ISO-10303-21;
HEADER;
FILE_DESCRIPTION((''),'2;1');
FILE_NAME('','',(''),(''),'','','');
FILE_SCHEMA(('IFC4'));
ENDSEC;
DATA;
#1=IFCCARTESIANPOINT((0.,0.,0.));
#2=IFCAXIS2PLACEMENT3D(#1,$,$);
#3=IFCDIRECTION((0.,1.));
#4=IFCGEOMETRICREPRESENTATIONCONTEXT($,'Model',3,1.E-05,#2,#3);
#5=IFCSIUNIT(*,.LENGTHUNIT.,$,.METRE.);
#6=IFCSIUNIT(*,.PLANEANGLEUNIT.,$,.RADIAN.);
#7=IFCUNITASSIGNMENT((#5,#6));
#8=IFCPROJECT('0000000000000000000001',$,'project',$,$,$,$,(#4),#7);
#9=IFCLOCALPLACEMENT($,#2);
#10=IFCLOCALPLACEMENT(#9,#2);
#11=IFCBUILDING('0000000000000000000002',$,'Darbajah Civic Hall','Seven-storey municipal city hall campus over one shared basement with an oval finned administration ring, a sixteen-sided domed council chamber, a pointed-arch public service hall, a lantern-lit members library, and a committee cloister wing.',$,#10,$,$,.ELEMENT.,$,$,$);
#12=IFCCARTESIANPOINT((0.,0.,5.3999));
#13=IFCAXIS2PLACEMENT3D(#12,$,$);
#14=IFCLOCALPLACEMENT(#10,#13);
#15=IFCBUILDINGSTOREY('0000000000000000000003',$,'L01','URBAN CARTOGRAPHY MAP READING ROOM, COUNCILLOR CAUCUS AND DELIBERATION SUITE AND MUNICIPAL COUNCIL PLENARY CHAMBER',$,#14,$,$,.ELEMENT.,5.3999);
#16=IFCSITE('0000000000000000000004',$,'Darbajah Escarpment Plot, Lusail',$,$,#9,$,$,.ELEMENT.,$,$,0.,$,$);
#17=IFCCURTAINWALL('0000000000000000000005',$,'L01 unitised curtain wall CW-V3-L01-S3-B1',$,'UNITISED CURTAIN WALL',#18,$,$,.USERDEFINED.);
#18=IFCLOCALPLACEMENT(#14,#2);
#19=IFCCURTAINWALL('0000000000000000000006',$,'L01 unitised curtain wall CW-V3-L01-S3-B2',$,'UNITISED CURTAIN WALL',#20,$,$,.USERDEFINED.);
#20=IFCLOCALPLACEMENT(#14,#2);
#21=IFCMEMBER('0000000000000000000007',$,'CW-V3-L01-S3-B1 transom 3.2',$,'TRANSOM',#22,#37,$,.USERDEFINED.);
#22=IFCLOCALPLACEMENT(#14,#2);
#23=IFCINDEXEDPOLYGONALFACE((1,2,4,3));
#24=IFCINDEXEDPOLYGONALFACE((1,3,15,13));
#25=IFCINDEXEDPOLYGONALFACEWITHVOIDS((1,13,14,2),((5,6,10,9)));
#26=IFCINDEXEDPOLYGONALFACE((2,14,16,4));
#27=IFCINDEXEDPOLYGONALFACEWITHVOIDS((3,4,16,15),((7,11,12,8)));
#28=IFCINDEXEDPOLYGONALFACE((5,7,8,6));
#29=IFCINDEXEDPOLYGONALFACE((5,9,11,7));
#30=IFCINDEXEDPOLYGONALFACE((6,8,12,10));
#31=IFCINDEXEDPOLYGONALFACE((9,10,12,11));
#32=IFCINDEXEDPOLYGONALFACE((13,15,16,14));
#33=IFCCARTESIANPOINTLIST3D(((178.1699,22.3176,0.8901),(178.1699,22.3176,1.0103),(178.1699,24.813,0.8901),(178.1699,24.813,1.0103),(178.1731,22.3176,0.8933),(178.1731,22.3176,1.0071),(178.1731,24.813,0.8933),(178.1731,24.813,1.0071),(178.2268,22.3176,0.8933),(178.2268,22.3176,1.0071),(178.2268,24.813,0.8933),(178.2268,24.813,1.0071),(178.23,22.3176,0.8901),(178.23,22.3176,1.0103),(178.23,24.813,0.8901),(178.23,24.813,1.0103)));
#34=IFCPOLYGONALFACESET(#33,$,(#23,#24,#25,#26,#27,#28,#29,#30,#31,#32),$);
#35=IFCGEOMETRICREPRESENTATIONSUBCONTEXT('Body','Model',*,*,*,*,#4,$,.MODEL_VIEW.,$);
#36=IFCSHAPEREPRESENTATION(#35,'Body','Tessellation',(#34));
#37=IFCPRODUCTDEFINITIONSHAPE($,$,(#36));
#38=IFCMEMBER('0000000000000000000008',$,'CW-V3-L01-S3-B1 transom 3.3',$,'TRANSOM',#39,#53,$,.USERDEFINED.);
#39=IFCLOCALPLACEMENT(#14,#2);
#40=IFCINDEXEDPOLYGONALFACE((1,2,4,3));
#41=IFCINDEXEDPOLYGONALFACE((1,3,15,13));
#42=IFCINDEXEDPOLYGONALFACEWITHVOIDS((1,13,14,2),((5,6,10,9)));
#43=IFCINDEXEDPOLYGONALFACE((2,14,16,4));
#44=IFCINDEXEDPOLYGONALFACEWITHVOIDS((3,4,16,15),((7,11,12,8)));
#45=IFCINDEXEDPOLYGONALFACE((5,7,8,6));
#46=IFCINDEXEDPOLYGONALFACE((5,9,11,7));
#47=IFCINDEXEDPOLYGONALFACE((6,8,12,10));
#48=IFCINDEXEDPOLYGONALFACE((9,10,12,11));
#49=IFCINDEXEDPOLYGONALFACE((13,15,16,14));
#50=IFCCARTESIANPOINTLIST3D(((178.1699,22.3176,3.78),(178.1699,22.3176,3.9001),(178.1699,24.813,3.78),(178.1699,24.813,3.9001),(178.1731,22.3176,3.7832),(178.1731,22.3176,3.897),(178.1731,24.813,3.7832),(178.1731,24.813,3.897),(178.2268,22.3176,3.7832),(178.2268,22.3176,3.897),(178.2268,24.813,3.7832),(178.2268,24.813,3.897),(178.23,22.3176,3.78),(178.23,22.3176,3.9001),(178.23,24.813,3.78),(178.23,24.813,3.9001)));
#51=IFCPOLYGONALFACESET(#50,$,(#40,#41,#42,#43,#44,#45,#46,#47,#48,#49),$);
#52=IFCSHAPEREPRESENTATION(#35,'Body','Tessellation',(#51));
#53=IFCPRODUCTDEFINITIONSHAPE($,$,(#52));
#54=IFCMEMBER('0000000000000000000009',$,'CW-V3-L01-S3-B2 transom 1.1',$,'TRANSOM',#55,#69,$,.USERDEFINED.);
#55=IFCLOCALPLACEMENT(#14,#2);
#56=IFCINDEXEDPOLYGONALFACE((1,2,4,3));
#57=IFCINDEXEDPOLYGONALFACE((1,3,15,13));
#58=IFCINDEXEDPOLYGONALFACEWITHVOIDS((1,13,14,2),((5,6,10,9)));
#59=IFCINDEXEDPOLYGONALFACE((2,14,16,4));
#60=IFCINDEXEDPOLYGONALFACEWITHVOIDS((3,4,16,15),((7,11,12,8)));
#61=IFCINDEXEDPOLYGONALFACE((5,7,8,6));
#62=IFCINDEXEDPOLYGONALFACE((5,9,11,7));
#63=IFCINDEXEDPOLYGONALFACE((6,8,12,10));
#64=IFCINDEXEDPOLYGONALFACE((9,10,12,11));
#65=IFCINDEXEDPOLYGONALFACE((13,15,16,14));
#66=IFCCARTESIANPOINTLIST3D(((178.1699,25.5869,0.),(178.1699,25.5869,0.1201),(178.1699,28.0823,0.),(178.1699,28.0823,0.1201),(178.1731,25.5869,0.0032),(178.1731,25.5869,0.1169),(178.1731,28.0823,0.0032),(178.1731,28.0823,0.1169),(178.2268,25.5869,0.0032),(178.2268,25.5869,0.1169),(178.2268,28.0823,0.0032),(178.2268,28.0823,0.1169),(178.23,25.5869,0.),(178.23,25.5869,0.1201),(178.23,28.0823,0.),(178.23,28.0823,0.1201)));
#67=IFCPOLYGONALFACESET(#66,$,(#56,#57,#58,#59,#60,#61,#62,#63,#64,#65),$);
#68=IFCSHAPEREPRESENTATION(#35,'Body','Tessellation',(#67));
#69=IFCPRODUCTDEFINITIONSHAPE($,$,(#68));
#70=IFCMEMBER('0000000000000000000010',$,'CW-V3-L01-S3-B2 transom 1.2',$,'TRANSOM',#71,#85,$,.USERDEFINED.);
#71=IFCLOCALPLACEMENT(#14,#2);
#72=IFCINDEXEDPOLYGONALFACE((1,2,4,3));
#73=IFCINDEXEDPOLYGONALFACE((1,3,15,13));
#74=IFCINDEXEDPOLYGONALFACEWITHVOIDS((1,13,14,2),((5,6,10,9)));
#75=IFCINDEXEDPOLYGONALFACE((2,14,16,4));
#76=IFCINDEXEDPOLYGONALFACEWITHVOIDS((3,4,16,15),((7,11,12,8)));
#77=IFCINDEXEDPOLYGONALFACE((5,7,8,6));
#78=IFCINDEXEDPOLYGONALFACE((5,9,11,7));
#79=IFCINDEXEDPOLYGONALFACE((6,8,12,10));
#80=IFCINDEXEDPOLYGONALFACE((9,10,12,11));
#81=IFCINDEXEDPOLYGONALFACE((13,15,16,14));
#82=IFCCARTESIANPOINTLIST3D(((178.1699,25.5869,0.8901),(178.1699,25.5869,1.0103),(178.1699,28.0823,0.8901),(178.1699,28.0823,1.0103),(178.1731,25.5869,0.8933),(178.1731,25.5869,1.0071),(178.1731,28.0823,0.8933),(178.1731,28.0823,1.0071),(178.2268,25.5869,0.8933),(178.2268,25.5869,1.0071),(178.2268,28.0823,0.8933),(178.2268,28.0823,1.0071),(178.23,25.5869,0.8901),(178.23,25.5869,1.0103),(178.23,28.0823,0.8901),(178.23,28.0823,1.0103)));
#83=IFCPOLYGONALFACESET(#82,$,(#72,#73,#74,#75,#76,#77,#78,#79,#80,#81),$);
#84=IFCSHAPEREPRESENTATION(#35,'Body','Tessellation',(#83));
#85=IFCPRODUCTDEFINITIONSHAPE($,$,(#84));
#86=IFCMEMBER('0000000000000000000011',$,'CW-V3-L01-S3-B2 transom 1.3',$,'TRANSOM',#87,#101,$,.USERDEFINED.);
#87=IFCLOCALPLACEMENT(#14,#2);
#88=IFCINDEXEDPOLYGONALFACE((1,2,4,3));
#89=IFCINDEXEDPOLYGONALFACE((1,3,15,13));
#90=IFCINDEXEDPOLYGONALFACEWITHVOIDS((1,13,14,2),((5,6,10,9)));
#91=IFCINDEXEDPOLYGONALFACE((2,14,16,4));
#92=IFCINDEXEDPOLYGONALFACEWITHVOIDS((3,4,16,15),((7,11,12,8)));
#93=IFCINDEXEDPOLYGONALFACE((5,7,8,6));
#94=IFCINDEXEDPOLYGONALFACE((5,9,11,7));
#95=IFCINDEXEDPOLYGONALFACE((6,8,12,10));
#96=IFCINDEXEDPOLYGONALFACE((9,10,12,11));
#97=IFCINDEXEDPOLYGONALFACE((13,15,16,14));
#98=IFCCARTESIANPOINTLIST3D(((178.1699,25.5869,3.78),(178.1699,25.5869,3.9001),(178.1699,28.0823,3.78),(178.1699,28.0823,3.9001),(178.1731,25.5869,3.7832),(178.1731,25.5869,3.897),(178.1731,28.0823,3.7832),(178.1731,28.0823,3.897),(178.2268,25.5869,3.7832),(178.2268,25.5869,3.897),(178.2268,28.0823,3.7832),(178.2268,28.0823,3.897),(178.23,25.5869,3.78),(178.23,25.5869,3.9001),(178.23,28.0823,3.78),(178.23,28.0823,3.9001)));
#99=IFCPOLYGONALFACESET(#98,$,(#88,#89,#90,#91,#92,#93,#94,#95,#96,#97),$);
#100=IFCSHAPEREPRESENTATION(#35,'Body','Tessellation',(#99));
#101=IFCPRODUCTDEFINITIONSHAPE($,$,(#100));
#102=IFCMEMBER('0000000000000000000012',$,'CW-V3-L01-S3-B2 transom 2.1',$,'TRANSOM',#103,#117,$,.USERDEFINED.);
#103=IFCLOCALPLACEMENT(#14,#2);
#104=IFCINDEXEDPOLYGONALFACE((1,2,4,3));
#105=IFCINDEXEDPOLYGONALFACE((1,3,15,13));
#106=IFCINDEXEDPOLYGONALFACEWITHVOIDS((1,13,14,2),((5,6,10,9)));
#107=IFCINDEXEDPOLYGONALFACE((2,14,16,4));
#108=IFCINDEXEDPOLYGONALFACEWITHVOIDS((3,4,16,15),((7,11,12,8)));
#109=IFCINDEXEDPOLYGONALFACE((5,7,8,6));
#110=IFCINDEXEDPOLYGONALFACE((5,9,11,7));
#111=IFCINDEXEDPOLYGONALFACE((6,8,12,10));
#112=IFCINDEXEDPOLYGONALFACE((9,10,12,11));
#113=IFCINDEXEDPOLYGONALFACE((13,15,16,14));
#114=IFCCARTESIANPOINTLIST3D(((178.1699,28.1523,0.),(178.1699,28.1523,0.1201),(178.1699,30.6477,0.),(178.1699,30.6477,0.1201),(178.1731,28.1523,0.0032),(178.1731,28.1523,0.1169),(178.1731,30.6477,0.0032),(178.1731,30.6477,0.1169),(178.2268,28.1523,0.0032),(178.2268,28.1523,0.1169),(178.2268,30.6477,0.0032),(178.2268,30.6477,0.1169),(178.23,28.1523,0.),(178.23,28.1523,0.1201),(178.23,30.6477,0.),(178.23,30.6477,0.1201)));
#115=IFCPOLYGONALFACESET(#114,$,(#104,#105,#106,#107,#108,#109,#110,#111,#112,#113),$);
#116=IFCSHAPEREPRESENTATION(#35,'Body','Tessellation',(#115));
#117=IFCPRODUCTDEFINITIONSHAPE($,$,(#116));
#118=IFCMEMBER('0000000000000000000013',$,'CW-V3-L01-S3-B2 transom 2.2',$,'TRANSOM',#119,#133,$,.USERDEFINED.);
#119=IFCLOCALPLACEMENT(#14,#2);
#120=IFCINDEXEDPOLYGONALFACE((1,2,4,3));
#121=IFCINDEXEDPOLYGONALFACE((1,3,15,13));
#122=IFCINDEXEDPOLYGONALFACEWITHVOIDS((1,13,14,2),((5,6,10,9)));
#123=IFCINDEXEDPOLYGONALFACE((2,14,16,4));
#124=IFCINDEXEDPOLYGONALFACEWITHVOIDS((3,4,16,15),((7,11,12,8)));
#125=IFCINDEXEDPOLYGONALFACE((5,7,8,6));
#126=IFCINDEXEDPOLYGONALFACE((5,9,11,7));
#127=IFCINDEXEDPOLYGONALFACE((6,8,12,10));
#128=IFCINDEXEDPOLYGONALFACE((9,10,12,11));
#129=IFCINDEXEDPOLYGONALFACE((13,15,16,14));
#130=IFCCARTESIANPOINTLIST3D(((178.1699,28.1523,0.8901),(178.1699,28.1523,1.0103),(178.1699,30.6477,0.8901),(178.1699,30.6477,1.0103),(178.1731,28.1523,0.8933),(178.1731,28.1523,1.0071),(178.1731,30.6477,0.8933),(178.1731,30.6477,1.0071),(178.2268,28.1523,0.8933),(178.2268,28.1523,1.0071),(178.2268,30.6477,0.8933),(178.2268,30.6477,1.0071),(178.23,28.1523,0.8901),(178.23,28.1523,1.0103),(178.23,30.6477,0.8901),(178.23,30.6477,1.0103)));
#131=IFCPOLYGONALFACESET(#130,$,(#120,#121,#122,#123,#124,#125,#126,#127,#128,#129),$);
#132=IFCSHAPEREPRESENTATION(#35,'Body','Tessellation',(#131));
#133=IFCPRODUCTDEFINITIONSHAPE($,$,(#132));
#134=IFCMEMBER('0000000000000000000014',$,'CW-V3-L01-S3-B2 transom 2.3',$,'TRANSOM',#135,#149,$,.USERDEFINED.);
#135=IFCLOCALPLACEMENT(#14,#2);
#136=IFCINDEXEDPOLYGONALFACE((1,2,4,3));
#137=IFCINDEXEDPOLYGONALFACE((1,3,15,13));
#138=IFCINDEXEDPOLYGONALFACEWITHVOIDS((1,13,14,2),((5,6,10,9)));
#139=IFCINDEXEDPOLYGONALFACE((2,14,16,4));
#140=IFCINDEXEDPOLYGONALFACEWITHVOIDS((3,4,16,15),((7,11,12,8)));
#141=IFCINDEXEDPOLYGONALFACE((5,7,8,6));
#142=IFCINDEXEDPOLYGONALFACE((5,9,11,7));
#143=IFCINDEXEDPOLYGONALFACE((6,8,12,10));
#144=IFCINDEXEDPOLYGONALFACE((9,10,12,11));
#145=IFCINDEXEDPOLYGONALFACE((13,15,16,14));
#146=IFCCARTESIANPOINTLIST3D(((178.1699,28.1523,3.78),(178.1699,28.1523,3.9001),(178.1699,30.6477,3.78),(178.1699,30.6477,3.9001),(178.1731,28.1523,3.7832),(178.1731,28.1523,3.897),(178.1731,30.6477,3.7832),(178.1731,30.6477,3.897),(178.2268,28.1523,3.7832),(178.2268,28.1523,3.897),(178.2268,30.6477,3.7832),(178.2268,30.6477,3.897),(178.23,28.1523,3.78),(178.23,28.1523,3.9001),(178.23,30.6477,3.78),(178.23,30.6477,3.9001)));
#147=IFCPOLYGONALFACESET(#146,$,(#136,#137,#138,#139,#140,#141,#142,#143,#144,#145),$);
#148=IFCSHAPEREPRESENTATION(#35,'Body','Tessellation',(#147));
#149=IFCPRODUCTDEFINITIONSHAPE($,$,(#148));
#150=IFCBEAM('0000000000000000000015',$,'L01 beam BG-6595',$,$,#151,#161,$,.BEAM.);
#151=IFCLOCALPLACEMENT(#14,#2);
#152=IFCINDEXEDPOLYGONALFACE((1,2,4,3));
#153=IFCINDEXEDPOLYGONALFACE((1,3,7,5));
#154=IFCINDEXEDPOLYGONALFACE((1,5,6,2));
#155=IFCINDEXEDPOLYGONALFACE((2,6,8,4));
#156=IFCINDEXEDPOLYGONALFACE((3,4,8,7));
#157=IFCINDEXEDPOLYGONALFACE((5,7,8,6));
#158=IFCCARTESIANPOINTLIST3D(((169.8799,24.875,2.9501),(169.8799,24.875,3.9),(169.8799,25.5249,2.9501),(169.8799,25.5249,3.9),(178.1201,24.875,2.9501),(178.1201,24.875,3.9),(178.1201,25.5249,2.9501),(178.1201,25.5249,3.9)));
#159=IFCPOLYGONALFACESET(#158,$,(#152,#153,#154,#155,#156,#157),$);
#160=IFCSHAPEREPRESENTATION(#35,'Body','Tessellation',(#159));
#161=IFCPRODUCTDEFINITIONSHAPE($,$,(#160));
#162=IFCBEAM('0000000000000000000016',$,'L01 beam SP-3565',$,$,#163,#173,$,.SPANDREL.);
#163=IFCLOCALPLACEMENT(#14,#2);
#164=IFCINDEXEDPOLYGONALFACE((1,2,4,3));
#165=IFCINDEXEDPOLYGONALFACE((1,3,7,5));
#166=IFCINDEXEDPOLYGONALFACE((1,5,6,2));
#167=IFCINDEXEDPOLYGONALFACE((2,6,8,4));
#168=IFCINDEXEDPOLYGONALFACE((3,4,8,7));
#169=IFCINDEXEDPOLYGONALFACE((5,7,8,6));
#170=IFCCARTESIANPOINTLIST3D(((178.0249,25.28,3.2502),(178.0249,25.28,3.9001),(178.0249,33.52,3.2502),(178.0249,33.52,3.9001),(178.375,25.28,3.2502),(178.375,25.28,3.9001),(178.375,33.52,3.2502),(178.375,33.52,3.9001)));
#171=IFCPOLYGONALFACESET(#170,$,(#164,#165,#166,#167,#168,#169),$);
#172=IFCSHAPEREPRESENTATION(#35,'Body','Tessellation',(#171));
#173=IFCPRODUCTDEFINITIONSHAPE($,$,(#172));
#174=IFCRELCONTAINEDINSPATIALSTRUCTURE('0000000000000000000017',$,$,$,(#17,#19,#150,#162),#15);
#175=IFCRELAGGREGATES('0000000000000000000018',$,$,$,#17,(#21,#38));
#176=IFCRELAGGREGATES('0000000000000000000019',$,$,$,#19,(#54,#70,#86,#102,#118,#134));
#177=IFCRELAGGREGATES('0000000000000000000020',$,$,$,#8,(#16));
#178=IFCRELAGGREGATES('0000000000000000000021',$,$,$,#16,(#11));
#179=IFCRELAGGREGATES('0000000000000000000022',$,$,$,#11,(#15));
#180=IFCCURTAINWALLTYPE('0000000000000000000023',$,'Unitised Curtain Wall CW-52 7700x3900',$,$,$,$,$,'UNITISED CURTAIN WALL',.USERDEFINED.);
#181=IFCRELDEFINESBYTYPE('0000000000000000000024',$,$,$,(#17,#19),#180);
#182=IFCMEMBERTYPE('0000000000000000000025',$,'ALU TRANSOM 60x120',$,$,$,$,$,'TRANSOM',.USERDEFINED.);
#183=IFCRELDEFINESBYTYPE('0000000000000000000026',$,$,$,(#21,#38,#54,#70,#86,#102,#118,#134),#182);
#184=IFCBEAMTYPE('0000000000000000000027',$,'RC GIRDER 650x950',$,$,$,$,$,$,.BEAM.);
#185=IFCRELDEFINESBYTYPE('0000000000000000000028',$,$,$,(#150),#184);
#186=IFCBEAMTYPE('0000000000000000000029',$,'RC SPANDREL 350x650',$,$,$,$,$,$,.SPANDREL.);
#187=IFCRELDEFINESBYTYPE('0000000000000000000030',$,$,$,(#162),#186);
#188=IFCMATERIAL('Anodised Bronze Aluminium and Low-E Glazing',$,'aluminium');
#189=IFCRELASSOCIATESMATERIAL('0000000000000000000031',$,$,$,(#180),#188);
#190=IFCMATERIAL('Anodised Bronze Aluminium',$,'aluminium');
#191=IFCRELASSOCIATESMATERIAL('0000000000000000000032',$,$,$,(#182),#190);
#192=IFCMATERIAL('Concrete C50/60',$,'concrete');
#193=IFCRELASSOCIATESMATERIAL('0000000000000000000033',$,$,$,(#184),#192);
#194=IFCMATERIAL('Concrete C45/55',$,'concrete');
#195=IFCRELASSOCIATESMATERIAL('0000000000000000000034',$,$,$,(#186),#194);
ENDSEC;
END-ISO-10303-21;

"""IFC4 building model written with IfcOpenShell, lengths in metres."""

from ifc_helpers import new_model, si_unit, direction, frame, origin, origin_2d, place, context, subcontext, project, spatial, rectangle, hollow_rectangle, extrude, material, material_profile, profile_set, type_object, element, aggregate, save


model = new_model("IFC4")

# Units and contexts
model_context = context("Model", 3, precision=1e-05, world=origin(), true_north=direction((0.0, 1.0)))
body_context = subcontext(model_context, "Body", "Model", "MODEL_VIEW")
ifc_project = project(units=[si_unit("LENGTHUNIT", "METRE"), si_unit("PLANEANGLEUNIT", "RADIAN")], contexts=[model_context])

# Site, building, storey
site_placement = place(None, origin())
site = spatial("IfcSite", under=ifc_project, at=site_placement, Name="Darbajah Escarpment Plot, Lusail", CompositionType="ELEMENT", RefElevation=0.0)
building_placement = place(site_placement, origin())
building = spatial("IfcBuilding", under=site, at=building_placement, Name="Darbajah Civic Hall", Description="Seven-storey municipal city hall campus over one shared basement with an oval finned administration ring, a sixteen-sided domed council chamber, a pointed-arch public service hall, a lantern-lit members library, and a committee cloister wing.", CompositionType="ELEMENT")
storey_placement = place(building_placement, frame((0.0, 0.0, 5.3999)))
storey = spatial("IfcBuildingStorey", under=building, at=storey_placement, Name="L01", Description="URBAN CARTOGRAPHY MAP READING ROOM, COUNCILLOR CAUCUS AND DELIBERATION SUITE AND MUNICIPAL COUNCIL PLENARY CHAMBER", CompositionType="ELEMENT", Elevation=5.3999)

# Shared definitions
ifc_material_1 = material(Name="Concrete C45/55", Category="concrete")

# Curtain walls
ifc_material_2 = material(Name="Anodised Bronze Aluminium and Low-E Glazing", Category="aluminium")
curtain_wall_type = type_object("IfcCurtainWallType", Name="Unitised Curtain Wall CW-52 7700x3900", ElementType="UNITISED CURTAIN WALL", PredefinedType="USERDEFINED", material=ifc_material_2)
curtain_wall_1_placement = place(storey_placement, origin())
curtain_wall_1 = element("IfcCurtainWall", 1, at=curtain_wall_1_placement, inside=storey, type_object=curtain_wall_type, Name="L01 unitised curtain wall CW-V3-L01-S3-B1", ObjectType="UNITISED CURTAIN WALL", PredefinedType="USERDEFINED")
ifc_material_3 = material(Name="Anodised Bronze Aluminium", Category="aluminium")
curtain_wall_2_placement = place(storey_placement, origin())
curtain_wall_2 = element("IfcCurtainWall", 2, at=curtain_wall_2_placement, inside=storey, type_object=curtain_wall_type, Name="L01 unitised curtain wall CW-V3-L01-S3-B2", ObjectType="UNITISED CURTAIN WALL", PredefinedType="USERDEFINED")

# Members
ifc_material_profile_1 = material_profile(ifc_material_3, hollow_rectangle(XDim=0.0601, YDim=0.1201, WallThickness=0.0032, at=origin_2d()), Name="ALU TRANSOM 60x120")
ifc_profile_set_1 = profile_set([ifc_material_profile_1], Name="Anodised Bronze Aluminium")
member_type_1 = type_object("IfcMemberType", Name="ALU TRANSOM 60x120", ElementType="TRANSOM", PredefinedType="USERDEFINED", material=ifc_profile_set_1)
member_1_placement = place(storey_placement, frame((178.2, 22.3176, 0.9502), z_axis=(0.0, 1.0, 0.0), x_axis=(-1.0, 0.0, 0.0)))
member_1 = element("IfcMember", 3, at=member_1_placement, type_object=member_type_1, Name="CW-V3-L01-S3-B1 transom 3.2", ObjectType="TRANSOM", PredefinedType="USERDEFINED", context=body_context, shape_type="SweptSolid", body=[
    extrude(hollow_rectangle(XDim=0.0601, YDim=0.1201, WallThickness=0.0032, at=origin_2d()), origin(), (0.0, 0.0, 1.0), 2.4954),
])
member_2_placement = place(storey_placement, frame((178.2, 22.3176, 3.8401), z_axis=(0.0, 1.0, 0.0), x_axis=(-1.0, 0.0, 0.0)))
member_2 = element("IfcMember", 4, at=member_2_placement, type_object=member_type_1, Name="CW-V3-L01-S3-B1 transom 3.3", ObjectType="TRANSOM", PredefinedType="USERDEFINED", context=body_context, shape_type="SweptSolid", body=[
    extrude(hollow_rectangle(XDim=0.0601, YDim=0.1201, WallThickness=0.0032, at=origin_2d()), origin(), (0.0, 0.0, 1.0), 2.4954),
])
member_3_placement = place(storey_placement, frame((178.2, 25.5869, 0.0601), z_axis=(0.0, 1.0, 0.0), x_axis=(-1.0, 0.0, 0.0)))
member_3 = element("IfcMember", 5, at=member_3_placement, type_object=member_type_1, Name="CW-V3-L01-S3-B2 transom 1.1", ObjectType="TRANSOM", PredefinedType="USERDEFINED", context=body_context, shape_type="SweptSolid", body=[
    extrude(hollow_rectangle(XDim=0.0601, YDim=0.1201, WallThickness=0.0032, at=origin_2d()), origin(), (0.0, 0.0, 1.0), 2.4954),
])
member_4_placement = place(storey_placement, frame((178.2, 25.5869, 0.9502), z_axis=(0.0, 1.0, 0.0), x_axis=(-1.0, 0.0, 0.0)))
member_4 = element("IfcMember", 6, at=member_4_placement, type_object=member_type_1, Name="CW-V3-L01-S3-B2 transom 1.2", ObjectType="TRANSOM", PredefinedType="USERDEFINED", context=body_context, shape_type="SweptSolid", body=[
    extrude(hollow_rectangle(XDim=0.0601, YDim=0.1201, WallThickness=0.0032, at=origin_2d()), origin(), (0.0, 0.0, 1.0), 2.4954),
])
member_5_placement = place(storey_placement, frame((178.2, 25.5869, 3.8401), z_axis=(0.0, 1.0, 0.0), x_axis=(-1.0, 0.0, 0.0)))
member_5 = element("IfcMember", 7, at=member_5_placement, type_object=member_type_1, Name="CW-V3-L01-S3-B2 transom 1.3", ObjectType="TRANSOM", PredefinedType="USERDEFINED", context=body_context, shape_type="SweptSolid", body=[
    extrude(hollow_rectangle(XDim=0.0601, YDim=0.1201, WallThickness=0.0032, at=origin_2d()), origin(), (0.0, 0.0, 1.0), 2.4954),
])
member_6_placement = place(storey_placement, frame((178.2, 28.1523, 0.0601), z_axis=(0.0, 1.0, 0.0), x_axis=(-1.0, 0.0, 0.0)))
member_6 = element("IfcMember", 8, at=member_6_placement, type_object=member_type_1, Name="CW-V3-L01-S3-B2 transom 2.1", ObjectType="TRANSOM", PredefinedType="USERDEFINED", context=body_context, shape_type="SweptSolid", body=[
    extrude(hollow_rectangle(XDim=0.0601, YDim=0.1201, WallThickness=0.0032, at=origin_2d()), origin(), (0.0, 0.0, 1.0), 2.4954),
])
member_7_placement = place(storey_placement, frame((178.2, 28.1523, 0.9502), z_axis=(0.0, 1.0, 0.0), x_axis=(-1.0, 0.0, 0.0)))
member_7 = element("IfcMember", 9, at=member_7_placement, type_object=member_type_1, Name="CW-V3-L01-S3-B2 transom 2.2", ObjectType="TRANSOM", PredefinedType="USERDEFINED", context=body_context, shape_type="SweptSolid", body=[
    extrude(hollow_rectangle(XDim=0.0601, YDim=0.1201, WallThickness=0.0032, at=origin_2d()), origin(), (0.0, 0.0, 1.0), 2.4954),
])
member_8_placement = place(storey_placement, frame((178.2, 28.1523, 3.8401), z_axis=(0.0, 1.0, 0.0), x_axis=(-1.0, 0.0, 0.0)))
member_8 = element("IfcMember", 10, at=member_8_placement, type_object=member_type_1, Name="CW-V3-L01-S3-B2 transom 2.3", ObjectType="TRANSOM", PredefinedType="USERDEFINED", context=body_context, shape_type="SweptSolid", body=[
    extrude(hollow_rectangle(XDim=0.0601, YDim=0.1201, WallThickness=0.0032, at=origin_2d()), origin(), (0.0, 0.0, 1.0), 2.4954),
])

# Beams
ifc_material_4 = material(Name="Concrete C50/60", Category="concrete")
ifc_material_profile_2 = material_profile(ifc_material_4, rectangle(XDim=0.6499, YDim=0.95, at=origin_2d()), Name="RC GIRDER 650x950")
ifc_profile_set_2 = profile_set([ifc_material_profile_2], Name="Concrete C50/60")
beam_type_1 = type_object("IfcBeamType", Name="RC GIRDER 650x950", PredefinedType="BEAM", material=ifc_profile_set_2)
beam_1_placement = place(storey_placement, frame((169.8799, 25.2, 3.425), z_axis=(1.0, 0.0, 0.0), x_axis=(0.0, 1.0, 0.0)))
element("IfcBeam", 11, at=beam_1_placement, inside=storey, type_object=beam_type_1, Name="L01 beam BG-6595", PredefinedType="BEAM", context=body_context, shape_type="SweptSolid", body=[
    extrude(rectangle(XDim=0.6499, YDim=0.95, at=origin_2d()), origin(), (0.0, 0.0, 1.0), 8.2402),
])
ifc_material_profile_3 = material_profile(ifc_material_1, rectangle(XDim=0.3501, YDim=0.6499, at=origin_2d()), Name="RC SPANDREL 350x650")
ifc_profile_set_3 = profile_set([ifc_material_profile_3], Name="Concrete C45/55")
beam_type_2 = type_object("IfcBeamType", Name="RC SPANDREL 350x650", PredefinedType="SPANDREL", material=ifc_profile_set_3)
beam_2_placement = place(storey_placement, frame((178.2, 25.28, 3.5752), z_axis=(0.0, 1.0, 0.0), x_axis=(-1.0, 0.0, 0.0)))
element("IfcBeam", 12, at=beam_2_placement, inside=storey, type_object=beam_type_2, Name="L01 beam SP-3565", PredefinedType="SPANDREL", context=body_context, shape_type="SweptSolid", body=[
    extrude(rectangle(XDim=0.3501, YDim=0.6499, at=origin_2d()), origin(), (0.0, 0.0, 1.0), 8.24),
])

aggregate(curtain_wall_1, [member_1, member_2])
aggregate(curtain_wall_2, [member_3, member_4, member_5, member_6, member_7, member_8])

save(model, "model.ifc")
